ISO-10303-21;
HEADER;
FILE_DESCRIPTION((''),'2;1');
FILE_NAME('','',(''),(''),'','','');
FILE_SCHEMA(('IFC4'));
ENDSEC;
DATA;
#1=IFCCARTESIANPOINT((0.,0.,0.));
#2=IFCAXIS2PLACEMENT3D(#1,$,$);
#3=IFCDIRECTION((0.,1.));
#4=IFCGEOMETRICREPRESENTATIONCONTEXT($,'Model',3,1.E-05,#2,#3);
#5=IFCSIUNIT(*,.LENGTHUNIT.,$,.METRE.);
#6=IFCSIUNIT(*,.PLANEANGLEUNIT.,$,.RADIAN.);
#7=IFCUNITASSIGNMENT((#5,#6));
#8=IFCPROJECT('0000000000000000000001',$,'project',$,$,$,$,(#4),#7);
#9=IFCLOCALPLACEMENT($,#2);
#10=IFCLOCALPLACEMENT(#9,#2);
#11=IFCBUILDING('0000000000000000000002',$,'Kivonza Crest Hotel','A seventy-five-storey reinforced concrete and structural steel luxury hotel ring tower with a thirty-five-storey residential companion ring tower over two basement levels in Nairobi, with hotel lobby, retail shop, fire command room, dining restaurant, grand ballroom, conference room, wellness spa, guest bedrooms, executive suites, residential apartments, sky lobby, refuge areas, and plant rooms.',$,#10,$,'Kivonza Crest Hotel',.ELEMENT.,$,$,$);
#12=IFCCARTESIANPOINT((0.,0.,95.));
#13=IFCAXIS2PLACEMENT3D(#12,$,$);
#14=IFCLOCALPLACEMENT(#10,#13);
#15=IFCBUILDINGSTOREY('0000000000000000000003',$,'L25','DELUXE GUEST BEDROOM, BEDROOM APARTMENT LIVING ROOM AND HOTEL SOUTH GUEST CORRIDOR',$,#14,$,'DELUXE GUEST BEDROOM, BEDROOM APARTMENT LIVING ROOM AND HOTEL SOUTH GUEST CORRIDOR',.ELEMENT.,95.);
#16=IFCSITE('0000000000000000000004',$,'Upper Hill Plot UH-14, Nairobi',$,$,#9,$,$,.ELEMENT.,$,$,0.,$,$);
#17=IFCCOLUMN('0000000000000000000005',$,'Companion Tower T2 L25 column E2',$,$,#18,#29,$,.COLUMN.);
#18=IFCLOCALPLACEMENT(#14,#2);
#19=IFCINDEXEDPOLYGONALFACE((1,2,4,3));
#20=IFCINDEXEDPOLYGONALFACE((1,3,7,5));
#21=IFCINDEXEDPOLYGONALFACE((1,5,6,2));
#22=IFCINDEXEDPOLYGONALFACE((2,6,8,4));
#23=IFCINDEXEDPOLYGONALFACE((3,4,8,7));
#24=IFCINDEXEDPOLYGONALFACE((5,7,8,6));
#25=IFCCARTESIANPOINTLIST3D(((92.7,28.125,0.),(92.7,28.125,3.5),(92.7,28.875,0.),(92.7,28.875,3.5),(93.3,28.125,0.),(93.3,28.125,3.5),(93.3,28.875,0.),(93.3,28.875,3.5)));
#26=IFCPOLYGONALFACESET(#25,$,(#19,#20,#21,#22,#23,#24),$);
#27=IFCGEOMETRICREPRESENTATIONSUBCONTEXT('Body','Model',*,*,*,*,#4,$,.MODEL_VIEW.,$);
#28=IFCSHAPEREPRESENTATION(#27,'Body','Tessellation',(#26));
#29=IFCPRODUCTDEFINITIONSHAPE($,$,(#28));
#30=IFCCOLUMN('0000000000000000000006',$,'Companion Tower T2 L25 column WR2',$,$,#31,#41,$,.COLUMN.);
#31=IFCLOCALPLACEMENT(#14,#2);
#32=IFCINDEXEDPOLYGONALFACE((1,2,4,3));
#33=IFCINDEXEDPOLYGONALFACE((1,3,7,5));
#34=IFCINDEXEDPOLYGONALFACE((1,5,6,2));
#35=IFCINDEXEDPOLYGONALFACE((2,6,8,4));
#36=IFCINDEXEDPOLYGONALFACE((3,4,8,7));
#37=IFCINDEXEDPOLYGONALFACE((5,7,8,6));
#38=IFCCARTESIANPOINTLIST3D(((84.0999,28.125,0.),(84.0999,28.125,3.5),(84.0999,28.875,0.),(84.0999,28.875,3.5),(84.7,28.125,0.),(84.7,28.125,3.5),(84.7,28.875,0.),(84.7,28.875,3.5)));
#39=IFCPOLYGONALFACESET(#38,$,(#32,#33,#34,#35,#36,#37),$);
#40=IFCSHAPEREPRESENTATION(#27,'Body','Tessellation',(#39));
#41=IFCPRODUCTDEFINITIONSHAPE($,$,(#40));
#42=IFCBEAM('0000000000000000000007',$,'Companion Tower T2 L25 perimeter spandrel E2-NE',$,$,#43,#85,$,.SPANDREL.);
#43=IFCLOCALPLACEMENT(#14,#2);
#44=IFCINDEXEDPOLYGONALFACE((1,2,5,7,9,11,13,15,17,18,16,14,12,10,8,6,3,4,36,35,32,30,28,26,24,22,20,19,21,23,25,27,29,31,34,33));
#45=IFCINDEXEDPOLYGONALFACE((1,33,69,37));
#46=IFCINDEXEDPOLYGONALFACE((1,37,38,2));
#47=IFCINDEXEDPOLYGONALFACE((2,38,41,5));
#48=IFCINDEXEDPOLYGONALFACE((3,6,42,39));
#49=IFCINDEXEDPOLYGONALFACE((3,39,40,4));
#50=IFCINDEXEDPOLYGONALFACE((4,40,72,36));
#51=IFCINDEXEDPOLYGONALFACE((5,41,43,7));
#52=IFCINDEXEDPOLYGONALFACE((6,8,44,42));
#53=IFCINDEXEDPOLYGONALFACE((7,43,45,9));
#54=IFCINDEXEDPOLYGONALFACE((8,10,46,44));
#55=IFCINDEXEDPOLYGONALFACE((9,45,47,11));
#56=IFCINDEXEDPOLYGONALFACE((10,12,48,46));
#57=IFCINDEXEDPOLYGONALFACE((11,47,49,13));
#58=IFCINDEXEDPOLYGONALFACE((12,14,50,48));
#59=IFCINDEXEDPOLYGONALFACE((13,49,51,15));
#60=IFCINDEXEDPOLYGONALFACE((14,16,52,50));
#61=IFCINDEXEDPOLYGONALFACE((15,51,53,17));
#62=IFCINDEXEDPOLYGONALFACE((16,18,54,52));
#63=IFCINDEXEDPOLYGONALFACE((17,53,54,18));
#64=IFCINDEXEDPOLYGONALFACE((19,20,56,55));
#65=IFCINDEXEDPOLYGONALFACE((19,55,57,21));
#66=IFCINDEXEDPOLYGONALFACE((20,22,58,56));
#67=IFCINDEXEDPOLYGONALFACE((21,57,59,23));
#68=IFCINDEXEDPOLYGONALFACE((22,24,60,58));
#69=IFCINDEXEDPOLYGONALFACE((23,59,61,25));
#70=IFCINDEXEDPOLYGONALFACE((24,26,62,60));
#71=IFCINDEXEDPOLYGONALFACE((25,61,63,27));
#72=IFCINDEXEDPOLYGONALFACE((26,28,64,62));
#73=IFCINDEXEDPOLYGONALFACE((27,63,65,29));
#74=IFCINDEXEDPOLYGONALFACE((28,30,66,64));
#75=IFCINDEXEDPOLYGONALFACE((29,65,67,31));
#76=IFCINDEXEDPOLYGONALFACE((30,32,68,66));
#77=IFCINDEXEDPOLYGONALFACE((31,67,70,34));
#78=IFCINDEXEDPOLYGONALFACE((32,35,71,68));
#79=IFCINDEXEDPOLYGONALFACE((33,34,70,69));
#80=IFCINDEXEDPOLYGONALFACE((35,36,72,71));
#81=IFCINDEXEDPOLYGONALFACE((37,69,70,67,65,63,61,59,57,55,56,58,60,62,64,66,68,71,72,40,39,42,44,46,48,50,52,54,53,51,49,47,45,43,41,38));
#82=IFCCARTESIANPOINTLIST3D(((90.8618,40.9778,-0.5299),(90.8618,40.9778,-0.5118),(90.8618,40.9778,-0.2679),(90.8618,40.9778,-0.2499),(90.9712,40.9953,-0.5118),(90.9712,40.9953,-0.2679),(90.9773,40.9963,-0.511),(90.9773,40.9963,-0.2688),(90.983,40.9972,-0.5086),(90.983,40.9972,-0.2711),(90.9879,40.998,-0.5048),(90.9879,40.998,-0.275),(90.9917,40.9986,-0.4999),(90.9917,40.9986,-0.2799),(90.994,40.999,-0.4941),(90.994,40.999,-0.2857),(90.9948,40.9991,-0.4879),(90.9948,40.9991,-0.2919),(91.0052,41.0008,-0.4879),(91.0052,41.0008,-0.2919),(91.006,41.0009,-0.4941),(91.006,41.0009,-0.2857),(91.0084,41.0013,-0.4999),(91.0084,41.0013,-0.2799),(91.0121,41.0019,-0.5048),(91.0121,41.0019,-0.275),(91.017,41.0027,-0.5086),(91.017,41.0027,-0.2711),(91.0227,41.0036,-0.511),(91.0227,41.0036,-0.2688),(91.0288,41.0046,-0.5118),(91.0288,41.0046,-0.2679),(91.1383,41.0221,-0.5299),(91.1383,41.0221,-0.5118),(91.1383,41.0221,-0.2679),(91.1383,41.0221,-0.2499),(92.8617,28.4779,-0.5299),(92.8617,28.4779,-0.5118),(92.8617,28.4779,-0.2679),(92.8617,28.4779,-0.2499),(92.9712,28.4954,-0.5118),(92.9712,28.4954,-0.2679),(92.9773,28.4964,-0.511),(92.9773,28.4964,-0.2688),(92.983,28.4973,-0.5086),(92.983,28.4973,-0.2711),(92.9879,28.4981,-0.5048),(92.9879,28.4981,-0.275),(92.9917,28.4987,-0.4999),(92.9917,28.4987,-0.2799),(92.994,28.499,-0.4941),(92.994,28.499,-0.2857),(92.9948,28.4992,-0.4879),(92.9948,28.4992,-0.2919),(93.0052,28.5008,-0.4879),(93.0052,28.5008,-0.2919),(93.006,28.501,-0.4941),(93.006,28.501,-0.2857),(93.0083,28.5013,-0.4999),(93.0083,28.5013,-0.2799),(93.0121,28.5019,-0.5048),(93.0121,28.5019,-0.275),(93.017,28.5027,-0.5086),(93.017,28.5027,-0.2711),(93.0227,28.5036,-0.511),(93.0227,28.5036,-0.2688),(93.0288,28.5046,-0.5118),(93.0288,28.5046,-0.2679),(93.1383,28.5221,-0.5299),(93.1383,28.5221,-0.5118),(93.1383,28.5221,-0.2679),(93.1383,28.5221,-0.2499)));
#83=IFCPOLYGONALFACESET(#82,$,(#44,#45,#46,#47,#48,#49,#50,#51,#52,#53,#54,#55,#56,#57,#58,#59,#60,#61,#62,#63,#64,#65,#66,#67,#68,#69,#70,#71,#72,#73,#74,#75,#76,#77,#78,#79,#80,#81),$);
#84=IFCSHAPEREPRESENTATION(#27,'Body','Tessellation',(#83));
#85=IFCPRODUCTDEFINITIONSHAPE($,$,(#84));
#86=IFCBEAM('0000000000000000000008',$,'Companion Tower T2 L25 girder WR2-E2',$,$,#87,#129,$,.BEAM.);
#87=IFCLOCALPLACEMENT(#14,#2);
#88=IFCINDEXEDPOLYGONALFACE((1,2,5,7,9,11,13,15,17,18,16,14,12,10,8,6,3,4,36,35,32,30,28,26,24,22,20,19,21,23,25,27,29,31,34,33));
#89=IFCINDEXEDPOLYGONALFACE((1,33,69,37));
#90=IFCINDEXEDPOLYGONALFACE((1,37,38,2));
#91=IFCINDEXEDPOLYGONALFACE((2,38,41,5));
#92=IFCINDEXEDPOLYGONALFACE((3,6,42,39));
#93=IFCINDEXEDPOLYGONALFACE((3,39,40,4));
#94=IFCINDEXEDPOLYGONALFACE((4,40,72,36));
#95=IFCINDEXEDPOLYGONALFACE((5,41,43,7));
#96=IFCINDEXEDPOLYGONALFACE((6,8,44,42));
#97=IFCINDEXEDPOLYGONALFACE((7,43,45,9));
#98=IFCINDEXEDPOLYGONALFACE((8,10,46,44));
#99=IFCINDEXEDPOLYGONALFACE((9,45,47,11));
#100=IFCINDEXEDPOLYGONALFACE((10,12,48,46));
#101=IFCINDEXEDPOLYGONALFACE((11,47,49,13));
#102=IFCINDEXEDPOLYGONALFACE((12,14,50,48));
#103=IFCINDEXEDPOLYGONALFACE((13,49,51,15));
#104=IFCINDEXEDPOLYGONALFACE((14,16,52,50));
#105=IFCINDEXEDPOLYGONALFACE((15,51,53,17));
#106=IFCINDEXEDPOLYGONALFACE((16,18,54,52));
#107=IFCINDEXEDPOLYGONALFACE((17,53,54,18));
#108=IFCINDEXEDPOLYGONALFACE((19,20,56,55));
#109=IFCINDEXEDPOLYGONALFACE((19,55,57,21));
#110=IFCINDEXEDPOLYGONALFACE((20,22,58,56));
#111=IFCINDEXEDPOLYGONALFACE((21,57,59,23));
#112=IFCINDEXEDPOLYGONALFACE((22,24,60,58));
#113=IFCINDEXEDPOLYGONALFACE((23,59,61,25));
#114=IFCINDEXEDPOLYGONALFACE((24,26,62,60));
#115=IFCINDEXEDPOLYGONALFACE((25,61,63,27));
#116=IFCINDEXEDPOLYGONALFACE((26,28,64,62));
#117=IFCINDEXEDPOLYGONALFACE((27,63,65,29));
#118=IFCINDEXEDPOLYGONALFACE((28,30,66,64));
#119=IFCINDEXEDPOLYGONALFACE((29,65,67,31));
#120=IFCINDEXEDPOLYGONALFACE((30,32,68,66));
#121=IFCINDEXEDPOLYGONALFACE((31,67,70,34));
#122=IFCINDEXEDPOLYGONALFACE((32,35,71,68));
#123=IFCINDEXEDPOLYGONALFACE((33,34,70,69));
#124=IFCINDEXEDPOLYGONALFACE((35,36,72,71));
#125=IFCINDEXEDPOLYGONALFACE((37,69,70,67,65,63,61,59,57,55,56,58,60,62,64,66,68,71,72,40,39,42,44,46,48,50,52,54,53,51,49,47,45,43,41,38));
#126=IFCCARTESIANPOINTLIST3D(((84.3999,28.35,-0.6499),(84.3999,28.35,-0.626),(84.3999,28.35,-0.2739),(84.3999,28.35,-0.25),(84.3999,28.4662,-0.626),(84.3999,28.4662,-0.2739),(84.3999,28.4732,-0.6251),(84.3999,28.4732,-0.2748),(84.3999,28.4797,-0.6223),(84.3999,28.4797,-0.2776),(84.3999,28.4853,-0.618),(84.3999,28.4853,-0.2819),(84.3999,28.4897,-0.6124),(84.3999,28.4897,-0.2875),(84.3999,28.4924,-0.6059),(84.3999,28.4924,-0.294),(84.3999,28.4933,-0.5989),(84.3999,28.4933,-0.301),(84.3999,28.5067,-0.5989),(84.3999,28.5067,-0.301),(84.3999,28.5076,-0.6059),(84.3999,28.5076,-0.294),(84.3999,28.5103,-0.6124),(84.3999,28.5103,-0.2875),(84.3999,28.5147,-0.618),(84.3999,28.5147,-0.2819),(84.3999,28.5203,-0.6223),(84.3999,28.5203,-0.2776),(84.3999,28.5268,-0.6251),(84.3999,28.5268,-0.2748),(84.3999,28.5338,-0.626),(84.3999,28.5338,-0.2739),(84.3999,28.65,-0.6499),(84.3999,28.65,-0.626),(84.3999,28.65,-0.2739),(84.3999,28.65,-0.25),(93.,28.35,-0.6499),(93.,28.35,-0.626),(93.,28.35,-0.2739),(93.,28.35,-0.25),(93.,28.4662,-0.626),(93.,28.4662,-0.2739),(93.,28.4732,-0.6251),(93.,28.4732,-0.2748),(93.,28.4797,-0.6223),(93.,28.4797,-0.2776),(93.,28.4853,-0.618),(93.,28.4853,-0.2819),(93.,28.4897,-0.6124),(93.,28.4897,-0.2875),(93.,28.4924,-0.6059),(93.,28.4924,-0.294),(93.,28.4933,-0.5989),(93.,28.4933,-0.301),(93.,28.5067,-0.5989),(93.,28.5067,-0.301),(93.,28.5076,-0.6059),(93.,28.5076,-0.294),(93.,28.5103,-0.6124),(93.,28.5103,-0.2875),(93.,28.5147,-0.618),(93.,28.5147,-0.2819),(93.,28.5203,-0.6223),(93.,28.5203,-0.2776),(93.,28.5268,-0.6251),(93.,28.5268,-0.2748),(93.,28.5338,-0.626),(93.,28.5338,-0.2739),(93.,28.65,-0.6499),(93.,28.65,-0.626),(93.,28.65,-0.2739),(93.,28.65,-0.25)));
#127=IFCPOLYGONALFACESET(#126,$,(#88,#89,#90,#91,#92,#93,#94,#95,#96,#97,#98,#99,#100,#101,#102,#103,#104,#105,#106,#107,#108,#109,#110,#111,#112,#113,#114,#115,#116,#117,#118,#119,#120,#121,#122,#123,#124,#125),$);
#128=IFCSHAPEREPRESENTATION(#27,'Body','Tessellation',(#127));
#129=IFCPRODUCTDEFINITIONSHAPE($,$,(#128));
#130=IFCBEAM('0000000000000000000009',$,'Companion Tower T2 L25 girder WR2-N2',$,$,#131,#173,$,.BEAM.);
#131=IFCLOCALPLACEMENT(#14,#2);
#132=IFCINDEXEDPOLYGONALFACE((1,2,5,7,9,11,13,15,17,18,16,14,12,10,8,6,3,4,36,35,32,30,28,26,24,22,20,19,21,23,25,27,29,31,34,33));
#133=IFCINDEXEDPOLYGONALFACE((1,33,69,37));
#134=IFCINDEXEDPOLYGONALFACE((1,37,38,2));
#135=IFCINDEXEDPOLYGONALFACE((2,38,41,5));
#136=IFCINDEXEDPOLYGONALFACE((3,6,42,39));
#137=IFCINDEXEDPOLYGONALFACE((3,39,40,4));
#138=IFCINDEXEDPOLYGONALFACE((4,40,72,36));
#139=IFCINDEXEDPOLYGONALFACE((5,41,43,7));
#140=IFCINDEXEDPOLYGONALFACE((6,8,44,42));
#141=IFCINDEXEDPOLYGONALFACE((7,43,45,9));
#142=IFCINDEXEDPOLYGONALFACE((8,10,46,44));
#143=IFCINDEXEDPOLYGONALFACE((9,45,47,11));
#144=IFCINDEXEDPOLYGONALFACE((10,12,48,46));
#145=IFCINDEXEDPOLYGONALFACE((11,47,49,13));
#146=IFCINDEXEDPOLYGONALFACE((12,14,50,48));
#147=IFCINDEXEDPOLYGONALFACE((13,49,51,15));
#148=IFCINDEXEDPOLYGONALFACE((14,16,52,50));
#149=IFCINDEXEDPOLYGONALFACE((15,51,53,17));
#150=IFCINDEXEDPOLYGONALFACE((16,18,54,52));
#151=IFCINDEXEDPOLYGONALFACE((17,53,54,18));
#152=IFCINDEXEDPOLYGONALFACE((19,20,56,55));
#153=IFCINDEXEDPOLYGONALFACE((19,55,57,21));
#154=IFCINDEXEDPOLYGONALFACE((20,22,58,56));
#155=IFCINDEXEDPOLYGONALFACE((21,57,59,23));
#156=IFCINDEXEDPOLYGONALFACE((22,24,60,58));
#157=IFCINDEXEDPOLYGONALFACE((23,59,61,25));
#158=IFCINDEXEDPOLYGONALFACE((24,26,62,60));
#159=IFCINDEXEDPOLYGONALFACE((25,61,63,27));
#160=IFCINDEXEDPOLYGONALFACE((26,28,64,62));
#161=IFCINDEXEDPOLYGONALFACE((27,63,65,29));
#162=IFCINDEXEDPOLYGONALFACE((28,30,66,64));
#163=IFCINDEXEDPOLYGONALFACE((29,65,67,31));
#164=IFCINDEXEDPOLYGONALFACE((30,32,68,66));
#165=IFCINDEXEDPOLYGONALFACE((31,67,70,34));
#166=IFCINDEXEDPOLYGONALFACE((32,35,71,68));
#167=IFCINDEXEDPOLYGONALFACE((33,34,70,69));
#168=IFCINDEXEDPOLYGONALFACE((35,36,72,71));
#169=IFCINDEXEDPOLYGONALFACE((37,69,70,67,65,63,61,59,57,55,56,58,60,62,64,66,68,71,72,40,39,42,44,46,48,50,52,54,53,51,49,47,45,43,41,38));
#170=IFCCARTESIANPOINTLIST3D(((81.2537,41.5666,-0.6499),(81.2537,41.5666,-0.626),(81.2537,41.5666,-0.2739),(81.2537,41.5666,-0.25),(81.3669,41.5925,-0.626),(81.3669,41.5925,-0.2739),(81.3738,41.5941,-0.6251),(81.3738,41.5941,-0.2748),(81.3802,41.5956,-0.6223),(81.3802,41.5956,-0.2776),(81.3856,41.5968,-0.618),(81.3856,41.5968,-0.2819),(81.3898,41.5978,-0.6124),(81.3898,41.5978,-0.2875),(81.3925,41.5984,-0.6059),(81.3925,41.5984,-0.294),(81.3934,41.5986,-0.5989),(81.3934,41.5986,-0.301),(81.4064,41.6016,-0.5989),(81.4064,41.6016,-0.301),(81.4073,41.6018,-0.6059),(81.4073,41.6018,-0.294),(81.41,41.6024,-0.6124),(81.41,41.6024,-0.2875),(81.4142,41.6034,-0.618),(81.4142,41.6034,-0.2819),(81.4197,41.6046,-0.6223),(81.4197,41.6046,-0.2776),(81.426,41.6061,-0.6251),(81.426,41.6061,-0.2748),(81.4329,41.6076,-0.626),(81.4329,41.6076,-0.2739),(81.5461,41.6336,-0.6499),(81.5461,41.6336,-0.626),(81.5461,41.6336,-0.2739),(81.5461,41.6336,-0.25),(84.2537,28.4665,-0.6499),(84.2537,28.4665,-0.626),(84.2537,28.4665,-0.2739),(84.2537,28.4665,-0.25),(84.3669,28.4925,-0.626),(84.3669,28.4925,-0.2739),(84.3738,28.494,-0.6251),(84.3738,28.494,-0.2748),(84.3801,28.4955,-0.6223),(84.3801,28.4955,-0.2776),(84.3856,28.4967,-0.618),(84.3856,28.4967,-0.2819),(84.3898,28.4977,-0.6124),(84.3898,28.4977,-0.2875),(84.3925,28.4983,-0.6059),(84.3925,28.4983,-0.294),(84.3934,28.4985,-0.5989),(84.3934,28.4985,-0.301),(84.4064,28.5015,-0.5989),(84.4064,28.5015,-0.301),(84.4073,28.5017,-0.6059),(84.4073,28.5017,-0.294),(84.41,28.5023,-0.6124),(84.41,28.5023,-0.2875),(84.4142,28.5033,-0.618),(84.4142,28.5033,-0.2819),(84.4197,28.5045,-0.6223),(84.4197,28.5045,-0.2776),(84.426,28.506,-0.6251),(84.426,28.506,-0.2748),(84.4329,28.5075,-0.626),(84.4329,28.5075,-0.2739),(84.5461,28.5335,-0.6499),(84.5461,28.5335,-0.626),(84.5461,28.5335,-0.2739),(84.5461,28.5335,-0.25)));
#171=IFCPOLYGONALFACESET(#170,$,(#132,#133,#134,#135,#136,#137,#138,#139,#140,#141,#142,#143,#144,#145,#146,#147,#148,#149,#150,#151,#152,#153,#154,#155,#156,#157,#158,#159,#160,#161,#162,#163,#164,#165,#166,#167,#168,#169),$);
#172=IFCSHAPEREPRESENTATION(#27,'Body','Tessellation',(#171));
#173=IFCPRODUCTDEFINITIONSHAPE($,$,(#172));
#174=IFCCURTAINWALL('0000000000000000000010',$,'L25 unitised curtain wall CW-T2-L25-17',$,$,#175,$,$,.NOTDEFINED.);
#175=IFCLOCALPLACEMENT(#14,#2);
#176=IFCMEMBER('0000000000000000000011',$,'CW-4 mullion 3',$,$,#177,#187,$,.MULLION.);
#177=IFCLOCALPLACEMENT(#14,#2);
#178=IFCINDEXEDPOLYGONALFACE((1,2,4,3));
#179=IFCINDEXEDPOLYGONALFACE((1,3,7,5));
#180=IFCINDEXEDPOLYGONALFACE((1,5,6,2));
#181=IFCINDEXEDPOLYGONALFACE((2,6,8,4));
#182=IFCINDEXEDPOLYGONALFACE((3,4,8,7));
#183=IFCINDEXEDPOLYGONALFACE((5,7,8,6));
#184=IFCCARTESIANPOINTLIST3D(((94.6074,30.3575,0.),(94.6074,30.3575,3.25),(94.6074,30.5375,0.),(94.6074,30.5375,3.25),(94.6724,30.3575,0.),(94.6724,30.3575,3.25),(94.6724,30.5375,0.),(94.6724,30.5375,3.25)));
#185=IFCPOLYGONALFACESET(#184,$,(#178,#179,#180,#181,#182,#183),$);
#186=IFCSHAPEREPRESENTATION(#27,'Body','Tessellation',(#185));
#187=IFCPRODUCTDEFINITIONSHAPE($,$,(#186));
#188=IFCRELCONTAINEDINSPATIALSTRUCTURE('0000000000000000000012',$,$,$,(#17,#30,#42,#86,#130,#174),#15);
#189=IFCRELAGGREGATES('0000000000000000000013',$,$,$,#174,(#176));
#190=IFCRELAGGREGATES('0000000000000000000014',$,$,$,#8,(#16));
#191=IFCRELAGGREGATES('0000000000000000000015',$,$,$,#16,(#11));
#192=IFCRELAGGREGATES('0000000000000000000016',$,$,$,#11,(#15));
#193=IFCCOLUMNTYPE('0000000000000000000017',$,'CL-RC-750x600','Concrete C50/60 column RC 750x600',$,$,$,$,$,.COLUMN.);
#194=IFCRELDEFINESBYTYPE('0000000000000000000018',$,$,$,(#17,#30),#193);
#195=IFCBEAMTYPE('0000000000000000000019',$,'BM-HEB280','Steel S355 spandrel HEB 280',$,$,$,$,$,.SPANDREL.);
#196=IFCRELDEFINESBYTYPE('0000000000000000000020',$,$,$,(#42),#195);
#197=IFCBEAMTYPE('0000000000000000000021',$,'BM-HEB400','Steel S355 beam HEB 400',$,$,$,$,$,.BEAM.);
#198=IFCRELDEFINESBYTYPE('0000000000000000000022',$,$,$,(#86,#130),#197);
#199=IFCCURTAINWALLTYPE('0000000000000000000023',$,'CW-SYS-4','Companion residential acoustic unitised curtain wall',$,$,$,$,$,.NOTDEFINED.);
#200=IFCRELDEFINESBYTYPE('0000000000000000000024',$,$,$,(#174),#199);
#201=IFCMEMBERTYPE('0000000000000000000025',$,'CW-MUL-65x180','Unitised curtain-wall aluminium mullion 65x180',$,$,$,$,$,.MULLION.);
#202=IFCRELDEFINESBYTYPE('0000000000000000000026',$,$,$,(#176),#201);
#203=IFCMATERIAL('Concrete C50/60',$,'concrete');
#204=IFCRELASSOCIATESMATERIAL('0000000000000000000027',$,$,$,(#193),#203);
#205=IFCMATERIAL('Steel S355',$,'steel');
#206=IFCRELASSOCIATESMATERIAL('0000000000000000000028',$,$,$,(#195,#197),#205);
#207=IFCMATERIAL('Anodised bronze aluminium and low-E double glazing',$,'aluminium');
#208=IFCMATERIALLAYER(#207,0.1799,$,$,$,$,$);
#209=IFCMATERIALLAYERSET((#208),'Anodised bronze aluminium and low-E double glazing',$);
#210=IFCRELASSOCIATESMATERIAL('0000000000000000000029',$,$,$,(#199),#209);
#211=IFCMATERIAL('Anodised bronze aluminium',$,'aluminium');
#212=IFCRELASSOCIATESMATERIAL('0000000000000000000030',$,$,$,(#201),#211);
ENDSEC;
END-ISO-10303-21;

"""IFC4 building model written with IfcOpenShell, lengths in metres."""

from ifc_helpers import new_model, si_unit, direction, frame, origin, origin_2d, place, context, subcontext, project, spatial, rectangle, i_section, extrude, material, layer, layer_set, material_profile, profile_set, type_object, element, aggregate, save


model = new_model("IFC4")

# Units and contexts
model_context = context("Model", 3, precision=1e-05, world=origin(), true_north=direction((0.0, 1.0)))
body_context = subcontext(model_context, "Body", "Model", "MODEL_VIEW")
ifc_project = project(units=[si_unit("LENGTHUNIT", "METRE"), si_unit("PLANEANGLEUNIT", "RADIAN")], contexts=[model_context])

# Site, building, storey
site_placement = place(None, origin())
site = spatial("IfcSite", under=ifc_project, at=site_placement, Name="Upper Hill Plot UH-14, Nairobi", CompositionType="ELEMENT", RefElevation=0.0)
building_placement = place(site_placement, origin())
building = spatial("IfcBuilding", under=site, at=building_placement, Name="Kivonza Crest Hotel", Description="A seventy-five-storey reinforced concrete and structural steel luxury hotel ring tower with a thirty-five-storey residential companion ring tower over two basement levels in Nairobi, with hotel lobby, retail shop, fire command room, dining restaurant, grand ballroom, conference room, wellness spa, guest bedrooms, executive suites, residential apartments, sky lobby, refuge areas, and plant rooms.", LongName="Kivonza Crest Hotel", CompositionType="ELEMENT")
storey_placement = place(building_placement, frame((0.0, 0.0, 95.0)))
storey = spatial("IfcBuildingStorey", under=building, at=storey_placement, Name="L25", Description="DELUXE GUEST BEDROOM, BEDROOM APARTMENT LIVING ROOM AND HOTEL SOUTH GUEST CORRIDOR", LongName="DELUXE GUEST BEDROOM, BEDROOM APARTMENT LIVING ROOM AND HOTEL SOUTH GUEST CORRIDOR", CompositionType="ELEMENT", Elevation=95.0)

# Columns
ifc_material_1 = material(Name="Concrete C50/60", Category="concrete")
ifc_material_profile_1 = material_profile(ifc_material_1, rectangle(XDim=0.6001, YDim=0.75, at=origin_2d()), Name="RC 750x600")
ifc_profile_set_1 = profile_set([ifc_material_profile_1], Name="Concrete C50/60")
column_type = type_object("IfcColumnType", Name="CL-RC-750x600", Description="Concrete C50/60 column RC 750x600", PredefinedType="COLUMN", material=ifc_profile_set_1)
for number, where, z_axis, x_axis, name in (
    (1, (93.0, 28.5, 0.0), (0.0, 0.0, 1.0), (1.0, 0.0, 0.0), "Companion Tower T2 L25 column E2"),
    (2, (84.3999, 28.5, 0.0), (0.0, 0.0, 1.0), (1.0, 0.0, 0.0), "Companion Tower T2 L25 column WR2"),
):
    element("IfcColumn", number, at=place(storey_placement, frame(where, z_axis=z_axis, x_axis=x_axis)), inside=storey, type_object=column_type, Name=name, PredefinedType="COLUMN", context=body_context, shape_type="SweptSolid", body=[
        extrude(rectangle(XDim=0.6001, YDim=0.75, at=origin_2d()), origin(), (0.0, 0.0, 1.0), 3.5),
    ])

# Beams
ifc_material_2 = material(Name="Steel S355", Category="steel")
ifc_material_profile_2 = material_profile(ifc_material_2, i_section(OverallWidth=0.28, OverallDepth=0.28, WebThickness=0.0105, FlangeThickness=0.0181, FilletRadius=0.0239, at=origin_2d()), Name="HEB 280")
ifc_profile_set_2 = profile_set([ifc_material_profile_2], Name="Steel S355")
beam_type_1 = type_object("IfcBeamType", Name="BM-HEB280", Description="Steel S355 spandrel HEB 280", PredefinedType="SPANDREL", material=ifc_profile_set_2)
beam_1_placement = place(storey_placement, frame((93.0, 28.5, -0.3899), z_axis=(-0.157991, 0.987441, 0.0), x_axis=(-0.987441, -0.157991, 0.0)))
element("IfcBeam", 3, at=beam_1_placement, inside=storey, type_object=beam_type_1, Name="Companion Tower T2 L25 perimeter spandrel E2-NE", PredefinedType="SPANDREL", context=body_context, shape_type="SweptSolid", body=[
    extrude(i_section(OverallWidth=0.28, OverallDepth=0.28, WebThickness=0.0105, FlangeThickness=0.0181, FilletRadius=0.0239, at=origin_2d()), origin(), (0.0, 0.0, 1.0), 12.6589),
])
ifc_material_profile_3 = material_profile(ifc_material_2, i_section(OverallWidth=0.3, OverallDepth=0.3999, WebThickness=0.0134, FlangeThickness=0.0239, FilletRadius=0.0271, at=origin_2d()), Name="HEB 400")
ifc_profile_set_3 = profile_set([ifc_material_profile_3], Name="Steel S355")
beam_type_2 = type_object("IfcBeamType", Name="BM-HEB400", Description="Steel S355 beam HEB 400", PredefinedType="BEAM", material=ifc_profile_set_3)
beam_2_placement = place(storey_placement, frame((84.3999, 28.5, -0.45), z_axis=(1.0, 0.0, 0.0), x_axis=(0.0, 1.0, 0.0)))
element("IfcBeam", 4, at=beam_2_placement, inside=storey, type_object=beam_type_2, Name="Companion Tower T2 L25 girder WR2-E2", PredefinedType="BEAM", context=body_context, shape_type="SweptSolid", body=[
    extrude(i_section(OverallWidth=0.3, OverallDepth=0.3999, WebThickness=0.0134, FlangeThickness=0.0239, FilletRadius=0.0271, at=origin_2d()), origin(), (0.0, 0.0, 1.0), 8.6001),
])
beam_3_placement = place(storey_placement, frame((84.3999, 28.5, -0.45), z_axis=(-0.223227, 0.974766, 0.0), x_axis=(-0.974766, -0.223227, 0.0)))
element("IfcBeam", 5, at=beam_3_placement, inside=storey, type_object=beam_type_2, Name="Companion Tower T2 L25 girder WR2-N2", PredefinedType="BEAM", context=body_context, shape_type="SweptSolid", body=[
    extrude(i_section(OverallWidth=0.3, OverallDepth=0.3999, WebThickness=0.0134, FlangeThickness=0.0239, FilletRadius=0.0271, at=origin_2d()), origin(), (0.0, 0.0, 1.0), 13.4392),
])

# Curtain wall, member
ifc_material_3 = material(Name="Anodised bronze aluminium and low-E double glazing", Category="aluminium")
ifc_layer_1 = layer(ifc_material_3, 0.1799)
ifc_layer_set_1 = layer_set([ifc_layer_1], Name="Anodised bronze aluminium and low-E double glazing")
curtain_wall_type_1 = type_object("IfcCurtainWallType", Name="CW-SYS-4", Description="Companion residential acoustic unitised curtain wall", PredefinedType="NOTDEFINED", material=ifc_layer_set_1)
curtain_wall_1_placement = place(storey_placement, origin())
curtain_wall_1 = element("IfcCurtainWall", 6, at=curtain_wall_1_placement, inside=storey, type_object=curtain_wall_type_1, Name="L25 unitised curtain wall CW-T2-L25-17", PredefinedType="NOTDEFINED")
ifc_material_4 = material(Name="Anodised bronze aluminium", Category="aluminium")
ifc_material_profile_4 = material_profile(ifc_material_4, rectangle(XDim=0.0649, YDim=0.1799, at=origin_2d()), Name="CW-M 65x180")
ifc_profile_set_4 = profile_set([ifc_material_profile_4], Name="Anodised bronze aluminium")
member_type_1 = type_object("IfcMemberType", Name="CW-MUL-65x180", Description="Unitised curtain-wall aluminium mullion 65x180", PredefinedType="MULLION", material=ifc_profile_set_4)
member_1_placement = place(storey_placement, frame((94.6399, 30.4475, 0.0), z_axis=(0.0, 0.0, 1.0), x_axis=(-1.0, 0.0, 0.0)))
member_1 = element("IfcMember", 7, at=member_1_placement, type_object=member_type_1, Name="CW-4 mullion 3", PredefinedType="MULLION", context=body_context, shape_type="SweptSolid", body=[
    extrude(rectangle(XDim=0.0649, YDim=0.1799, at=origin_2d()), origin(), (0.0, 0.0, 1.0), 3.25),
])

aggregate(curtain_wall_1, [member_1])

save(model, "model.ifc")
